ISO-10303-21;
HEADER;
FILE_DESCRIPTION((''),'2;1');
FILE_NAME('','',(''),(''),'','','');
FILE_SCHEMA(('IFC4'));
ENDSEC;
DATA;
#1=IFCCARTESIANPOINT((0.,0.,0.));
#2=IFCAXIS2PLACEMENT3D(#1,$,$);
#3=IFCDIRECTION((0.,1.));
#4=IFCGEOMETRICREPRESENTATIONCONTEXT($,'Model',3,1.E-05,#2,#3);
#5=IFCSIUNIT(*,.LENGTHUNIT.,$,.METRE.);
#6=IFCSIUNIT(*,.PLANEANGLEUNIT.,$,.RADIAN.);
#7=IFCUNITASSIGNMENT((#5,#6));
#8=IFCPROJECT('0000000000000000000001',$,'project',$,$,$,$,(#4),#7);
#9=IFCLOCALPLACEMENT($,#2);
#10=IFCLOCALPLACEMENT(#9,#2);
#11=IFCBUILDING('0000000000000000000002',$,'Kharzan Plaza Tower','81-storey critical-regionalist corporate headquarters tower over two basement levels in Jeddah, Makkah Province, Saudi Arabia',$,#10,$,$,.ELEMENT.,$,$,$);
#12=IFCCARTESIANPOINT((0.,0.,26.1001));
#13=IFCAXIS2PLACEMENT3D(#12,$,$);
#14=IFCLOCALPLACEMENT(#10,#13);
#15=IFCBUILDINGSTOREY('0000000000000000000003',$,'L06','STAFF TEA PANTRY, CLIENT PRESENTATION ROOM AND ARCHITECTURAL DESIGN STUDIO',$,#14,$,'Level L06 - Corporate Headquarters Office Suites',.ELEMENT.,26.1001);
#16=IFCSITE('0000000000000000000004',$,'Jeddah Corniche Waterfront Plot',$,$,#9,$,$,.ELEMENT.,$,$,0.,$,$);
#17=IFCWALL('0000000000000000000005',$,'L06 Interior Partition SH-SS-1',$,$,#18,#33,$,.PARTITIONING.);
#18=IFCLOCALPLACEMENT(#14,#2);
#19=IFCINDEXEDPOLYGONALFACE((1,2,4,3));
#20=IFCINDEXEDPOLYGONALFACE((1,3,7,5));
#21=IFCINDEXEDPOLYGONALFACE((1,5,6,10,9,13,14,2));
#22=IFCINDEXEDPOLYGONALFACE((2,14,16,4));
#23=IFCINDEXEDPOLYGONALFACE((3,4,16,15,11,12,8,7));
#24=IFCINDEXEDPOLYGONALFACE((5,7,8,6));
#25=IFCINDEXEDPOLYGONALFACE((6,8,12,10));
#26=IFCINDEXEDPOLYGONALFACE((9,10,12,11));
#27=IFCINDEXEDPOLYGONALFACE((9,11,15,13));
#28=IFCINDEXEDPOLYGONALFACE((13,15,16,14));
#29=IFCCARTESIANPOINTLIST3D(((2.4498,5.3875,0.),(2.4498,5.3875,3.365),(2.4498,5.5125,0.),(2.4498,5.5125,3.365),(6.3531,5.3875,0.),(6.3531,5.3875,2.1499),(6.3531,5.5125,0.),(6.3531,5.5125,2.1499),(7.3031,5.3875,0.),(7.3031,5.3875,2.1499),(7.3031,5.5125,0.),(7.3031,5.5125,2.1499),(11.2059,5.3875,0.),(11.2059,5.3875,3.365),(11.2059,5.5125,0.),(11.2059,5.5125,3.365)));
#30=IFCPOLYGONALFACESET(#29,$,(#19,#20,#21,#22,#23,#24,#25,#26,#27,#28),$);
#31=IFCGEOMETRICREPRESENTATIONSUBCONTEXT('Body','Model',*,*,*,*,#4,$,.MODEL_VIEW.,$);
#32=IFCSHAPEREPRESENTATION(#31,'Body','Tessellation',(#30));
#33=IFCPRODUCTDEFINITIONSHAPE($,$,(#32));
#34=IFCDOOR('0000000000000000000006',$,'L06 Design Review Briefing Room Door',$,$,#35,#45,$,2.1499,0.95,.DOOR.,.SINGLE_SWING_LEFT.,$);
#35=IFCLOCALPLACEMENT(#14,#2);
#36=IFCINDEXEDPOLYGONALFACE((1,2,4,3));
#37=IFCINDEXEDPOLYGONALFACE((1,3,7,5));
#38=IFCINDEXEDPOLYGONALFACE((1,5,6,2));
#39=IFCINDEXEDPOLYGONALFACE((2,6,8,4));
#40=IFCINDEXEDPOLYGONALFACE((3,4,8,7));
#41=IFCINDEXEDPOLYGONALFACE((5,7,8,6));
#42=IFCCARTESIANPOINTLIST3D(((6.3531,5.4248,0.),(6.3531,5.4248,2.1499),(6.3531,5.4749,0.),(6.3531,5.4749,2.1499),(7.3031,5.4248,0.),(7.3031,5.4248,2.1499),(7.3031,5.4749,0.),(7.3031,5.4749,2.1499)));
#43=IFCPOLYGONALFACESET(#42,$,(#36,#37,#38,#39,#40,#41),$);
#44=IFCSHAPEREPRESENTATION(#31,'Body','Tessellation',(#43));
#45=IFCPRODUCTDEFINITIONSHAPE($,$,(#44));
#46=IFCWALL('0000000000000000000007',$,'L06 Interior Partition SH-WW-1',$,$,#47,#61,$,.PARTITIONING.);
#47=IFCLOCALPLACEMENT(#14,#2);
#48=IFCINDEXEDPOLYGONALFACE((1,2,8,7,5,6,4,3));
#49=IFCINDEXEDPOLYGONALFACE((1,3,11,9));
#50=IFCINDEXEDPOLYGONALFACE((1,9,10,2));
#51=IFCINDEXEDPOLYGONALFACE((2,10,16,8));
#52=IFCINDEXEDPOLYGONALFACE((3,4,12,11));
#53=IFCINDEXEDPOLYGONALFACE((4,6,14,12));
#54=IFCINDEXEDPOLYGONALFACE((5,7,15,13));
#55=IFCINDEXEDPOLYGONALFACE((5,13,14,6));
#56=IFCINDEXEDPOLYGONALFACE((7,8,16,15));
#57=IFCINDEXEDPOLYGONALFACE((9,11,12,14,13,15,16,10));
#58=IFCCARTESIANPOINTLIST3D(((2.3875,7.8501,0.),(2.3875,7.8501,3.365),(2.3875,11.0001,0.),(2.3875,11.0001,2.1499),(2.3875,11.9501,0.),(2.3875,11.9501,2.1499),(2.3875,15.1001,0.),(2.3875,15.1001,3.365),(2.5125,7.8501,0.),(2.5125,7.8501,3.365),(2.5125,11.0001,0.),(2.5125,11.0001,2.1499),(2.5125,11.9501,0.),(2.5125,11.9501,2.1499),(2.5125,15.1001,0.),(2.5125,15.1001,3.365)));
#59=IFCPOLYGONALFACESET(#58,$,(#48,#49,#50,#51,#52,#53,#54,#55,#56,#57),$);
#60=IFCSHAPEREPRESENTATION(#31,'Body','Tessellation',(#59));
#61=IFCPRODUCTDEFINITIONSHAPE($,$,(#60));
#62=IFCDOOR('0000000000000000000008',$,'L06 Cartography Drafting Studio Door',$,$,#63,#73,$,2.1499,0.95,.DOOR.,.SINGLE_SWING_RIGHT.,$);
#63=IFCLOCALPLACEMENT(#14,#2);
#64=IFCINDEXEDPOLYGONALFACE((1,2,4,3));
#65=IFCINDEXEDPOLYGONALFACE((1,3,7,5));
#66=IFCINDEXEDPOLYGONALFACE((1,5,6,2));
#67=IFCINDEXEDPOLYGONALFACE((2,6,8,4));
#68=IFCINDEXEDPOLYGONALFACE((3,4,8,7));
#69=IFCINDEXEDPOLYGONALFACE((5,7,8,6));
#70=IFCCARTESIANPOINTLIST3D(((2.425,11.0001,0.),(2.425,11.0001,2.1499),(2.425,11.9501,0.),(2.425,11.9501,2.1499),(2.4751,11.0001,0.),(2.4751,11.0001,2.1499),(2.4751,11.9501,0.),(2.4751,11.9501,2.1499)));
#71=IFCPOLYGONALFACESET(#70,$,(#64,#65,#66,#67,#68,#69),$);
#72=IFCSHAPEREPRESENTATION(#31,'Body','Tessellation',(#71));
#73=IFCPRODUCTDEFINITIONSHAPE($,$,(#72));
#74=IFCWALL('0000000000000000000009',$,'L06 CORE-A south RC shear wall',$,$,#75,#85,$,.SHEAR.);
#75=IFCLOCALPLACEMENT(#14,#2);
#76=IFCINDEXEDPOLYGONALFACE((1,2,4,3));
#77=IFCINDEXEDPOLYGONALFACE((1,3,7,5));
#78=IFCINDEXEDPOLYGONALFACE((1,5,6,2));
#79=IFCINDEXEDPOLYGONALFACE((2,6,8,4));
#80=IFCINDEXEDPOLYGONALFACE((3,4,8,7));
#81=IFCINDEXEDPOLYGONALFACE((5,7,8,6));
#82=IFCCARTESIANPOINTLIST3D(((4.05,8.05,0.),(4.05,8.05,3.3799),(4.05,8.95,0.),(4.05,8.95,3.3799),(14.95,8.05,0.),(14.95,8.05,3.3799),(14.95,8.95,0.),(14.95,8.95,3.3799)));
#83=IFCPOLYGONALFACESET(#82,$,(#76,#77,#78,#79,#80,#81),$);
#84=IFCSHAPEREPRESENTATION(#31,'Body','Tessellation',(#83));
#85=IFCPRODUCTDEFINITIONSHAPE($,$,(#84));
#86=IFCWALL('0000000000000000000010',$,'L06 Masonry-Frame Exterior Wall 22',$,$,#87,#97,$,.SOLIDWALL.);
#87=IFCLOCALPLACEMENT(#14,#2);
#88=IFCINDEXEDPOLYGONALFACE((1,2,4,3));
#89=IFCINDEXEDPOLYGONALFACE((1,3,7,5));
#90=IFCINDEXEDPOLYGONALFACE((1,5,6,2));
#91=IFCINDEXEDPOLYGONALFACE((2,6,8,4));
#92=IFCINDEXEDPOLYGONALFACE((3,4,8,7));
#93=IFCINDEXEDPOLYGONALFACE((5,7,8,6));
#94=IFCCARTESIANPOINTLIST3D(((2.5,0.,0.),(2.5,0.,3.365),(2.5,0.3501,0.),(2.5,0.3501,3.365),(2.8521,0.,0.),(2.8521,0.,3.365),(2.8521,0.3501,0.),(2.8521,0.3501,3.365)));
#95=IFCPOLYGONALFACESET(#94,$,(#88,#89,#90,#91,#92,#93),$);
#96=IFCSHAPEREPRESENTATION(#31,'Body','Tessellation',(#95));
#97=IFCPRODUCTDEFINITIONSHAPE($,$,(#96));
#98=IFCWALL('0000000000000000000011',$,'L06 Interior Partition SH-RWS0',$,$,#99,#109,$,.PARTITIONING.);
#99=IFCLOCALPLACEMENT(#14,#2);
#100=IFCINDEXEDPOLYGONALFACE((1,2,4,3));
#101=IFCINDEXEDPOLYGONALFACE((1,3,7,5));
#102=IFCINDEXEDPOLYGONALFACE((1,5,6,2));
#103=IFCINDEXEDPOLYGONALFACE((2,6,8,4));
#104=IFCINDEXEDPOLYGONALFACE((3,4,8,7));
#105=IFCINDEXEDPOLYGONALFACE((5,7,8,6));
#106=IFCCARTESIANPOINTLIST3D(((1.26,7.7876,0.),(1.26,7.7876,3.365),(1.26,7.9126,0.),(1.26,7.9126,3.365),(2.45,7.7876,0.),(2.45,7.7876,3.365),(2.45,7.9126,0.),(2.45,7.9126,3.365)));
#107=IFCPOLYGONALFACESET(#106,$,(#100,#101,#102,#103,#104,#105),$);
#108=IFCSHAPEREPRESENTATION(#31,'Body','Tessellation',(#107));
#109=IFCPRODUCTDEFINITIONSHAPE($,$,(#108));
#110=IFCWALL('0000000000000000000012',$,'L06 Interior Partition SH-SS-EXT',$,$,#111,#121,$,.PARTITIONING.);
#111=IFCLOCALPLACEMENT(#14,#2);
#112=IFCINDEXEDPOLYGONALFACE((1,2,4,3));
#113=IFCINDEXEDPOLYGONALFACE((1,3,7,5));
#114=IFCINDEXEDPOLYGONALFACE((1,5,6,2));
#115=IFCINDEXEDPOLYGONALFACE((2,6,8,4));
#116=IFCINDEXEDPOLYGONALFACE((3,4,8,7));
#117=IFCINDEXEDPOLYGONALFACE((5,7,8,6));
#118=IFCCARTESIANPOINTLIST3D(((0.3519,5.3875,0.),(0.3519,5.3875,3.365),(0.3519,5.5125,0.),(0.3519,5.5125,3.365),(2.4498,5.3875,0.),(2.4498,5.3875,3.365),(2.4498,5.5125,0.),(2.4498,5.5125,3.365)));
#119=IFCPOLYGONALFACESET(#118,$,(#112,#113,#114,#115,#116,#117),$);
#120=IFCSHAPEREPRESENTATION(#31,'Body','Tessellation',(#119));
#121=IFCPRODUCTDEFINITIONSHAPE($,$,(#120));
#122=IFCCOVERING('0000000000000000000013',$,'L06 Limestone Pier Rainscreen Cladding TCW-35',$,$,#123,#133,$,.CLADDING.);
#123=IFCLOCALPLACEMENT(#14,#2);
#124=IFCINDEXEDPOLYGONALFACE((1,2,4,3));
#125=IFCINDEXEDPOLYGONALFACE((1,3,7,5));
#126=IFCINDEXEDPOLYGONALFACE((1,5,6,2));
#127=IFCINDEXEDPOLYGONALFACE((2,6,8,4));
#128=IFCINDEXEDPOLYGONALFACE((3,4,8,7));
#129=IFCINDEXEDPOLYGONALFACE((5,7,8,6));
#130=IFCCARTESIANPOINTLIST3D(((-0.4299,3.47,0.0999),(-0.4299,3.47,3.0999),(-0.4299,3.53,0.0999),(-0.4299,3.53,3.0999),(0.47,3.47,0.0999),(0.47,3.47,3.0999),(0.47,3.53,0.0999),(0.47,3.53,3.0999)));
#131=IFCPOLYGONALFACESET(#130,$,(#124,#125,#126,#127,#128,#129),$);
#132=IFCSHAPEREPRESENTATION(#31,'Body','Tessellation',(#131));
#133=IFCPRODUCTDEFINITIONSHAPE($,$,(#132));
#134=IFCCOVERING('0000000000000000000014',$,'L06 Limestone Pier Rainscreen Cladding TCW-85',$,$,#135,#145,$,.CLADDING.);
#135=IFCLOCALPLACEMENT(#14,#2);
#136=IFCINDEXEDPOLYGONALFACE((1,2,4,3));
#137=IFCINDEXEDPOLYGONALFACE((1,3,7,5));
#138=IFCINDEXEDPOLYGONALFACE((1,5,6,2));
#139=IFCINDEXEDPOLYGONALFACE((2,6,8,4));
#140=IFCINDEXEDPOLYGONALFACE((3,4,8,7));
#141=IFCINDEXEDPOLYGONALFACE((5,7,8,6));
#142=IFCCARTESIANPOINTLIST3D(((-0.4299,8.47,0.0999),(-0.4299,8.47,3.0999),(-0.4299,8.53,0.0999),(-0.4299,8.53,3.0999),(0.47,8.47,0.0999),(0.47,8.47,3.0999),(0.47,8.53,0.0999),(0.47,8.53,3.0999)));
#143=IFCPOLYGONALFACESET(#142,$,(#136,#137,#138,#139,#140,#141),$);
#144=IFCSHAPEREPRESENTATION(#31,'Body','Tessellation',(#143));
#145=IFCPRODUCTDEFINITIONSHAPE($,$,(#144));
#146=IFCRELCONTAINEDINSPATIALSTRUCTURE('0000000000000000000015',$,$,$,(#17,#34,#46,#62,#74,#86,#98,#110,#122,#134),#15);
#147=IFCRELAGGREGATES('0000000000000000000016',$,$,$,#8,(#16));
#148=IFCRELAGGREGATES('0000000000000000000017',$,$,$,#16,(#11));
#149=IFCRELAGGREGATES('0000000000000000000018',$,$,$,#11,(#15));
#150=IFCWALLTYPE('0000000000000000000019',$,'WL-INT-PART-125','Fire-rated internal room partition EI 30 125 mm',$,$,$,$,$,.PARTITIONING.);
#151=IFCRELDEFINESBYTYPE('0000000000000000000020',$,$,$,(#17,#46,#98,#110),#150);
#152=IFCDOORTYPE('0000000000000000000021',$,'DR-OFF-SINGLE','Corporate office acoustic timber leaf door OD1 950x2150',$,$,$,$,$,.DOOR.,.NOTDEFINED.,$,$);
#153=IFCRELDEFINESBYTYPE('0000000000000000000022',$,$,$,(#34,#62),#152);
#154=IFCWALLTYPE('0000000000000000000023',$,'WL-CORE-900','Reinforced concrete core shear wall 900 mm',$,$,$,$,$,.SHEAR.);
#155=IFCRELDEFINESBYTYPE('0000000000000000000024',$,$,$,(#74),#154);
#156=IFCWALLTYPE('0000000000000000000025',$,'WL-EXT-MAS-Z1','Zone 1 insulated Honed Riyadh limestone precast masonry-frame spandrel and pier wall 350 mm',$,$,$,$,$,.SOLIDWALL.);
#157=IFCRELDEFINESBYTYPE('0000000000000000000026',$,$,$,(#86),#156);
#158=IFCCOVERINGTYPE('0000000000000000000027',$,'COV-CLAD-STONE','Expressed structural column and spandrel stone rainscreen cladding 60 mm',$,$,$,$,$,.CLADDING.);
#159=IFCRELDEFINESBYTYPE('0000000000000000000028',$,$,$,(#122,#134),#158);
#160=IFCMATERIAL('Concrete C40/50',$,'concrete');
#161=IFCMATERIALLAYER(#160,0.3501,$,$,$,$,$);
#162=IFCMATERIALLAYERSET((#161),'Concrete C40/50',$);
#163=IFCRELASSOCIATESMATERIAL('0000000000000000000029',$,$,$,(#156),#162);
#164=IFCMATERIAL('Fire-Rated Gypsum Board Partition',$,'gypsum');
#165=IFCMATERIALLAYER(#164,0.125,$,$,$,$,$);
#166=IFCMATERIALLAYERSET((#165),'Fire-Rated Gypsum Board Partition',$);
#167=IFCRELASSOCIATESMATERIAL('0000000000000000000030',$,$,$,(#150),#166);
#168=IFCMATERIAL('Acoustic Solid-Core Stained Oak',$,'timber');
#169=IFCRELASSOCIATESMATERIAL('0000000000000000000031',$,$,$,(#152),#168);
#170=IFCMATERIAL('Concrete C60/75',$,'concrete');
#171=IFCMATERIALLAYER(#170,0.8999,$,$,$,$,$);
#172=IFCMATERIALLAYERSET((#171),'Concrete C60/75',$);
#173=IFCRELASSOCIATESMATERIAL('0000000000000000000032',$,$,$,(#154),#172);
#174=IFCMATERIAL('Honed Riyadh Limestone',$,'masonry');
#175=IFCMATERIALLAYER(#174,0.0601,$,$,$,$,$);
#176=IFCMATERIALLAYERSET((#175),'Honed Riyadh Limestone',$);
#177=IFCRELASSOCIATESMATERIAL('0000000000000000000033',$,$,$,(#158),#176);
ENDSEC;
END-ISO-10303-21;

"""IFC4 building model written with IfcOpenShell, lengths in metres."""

from ifc_helpers import new_model, si_unit, direction, frame, frame_2d, origin, origin_2d, place, context, subcontext, project, spatial, rectangle, extrude, source, transform, mapped, material, layer, layer_set, type_object, element, fill, save


model = new_model("IFC4")

# Units and contexts
model_context = context("Model", 3, precision=1e-05, world=origin(), true_north=direction((0.0, 1.0)))
body_context = subcontext(model_context, "Body", "Model", "MODEL_VIEW")
ifc_project = project(units=[si_unit("LENGTHUNIT", "METRE"), si_unit("PLANEANGLEUNIT", "RADIAN")], contexts=[model_context])

# Site, building, storey
site_placement = place(None, origin())
site = spatial("IfcSite", under=ifc_project, at=site_placement, Name="Jeddah Corniche Waterfront Plot", CompositionType="ELEMENT", RefElevation=0.0)
building_placement = place(site_placement, origin())
building = spatial("IfcBuilding", under=site, at=building_placement, Name="Kharzan Plaza Tower", Description="81-storey critical-regionalist corporate headquarters tower over two basement levels in Jeddah, Makkah Province, Saudi Arabia", CompositionType="ELEMENT")
storey_placement = place(building_placement, frame((0.0, 0.0, 26.1001)))
storey = spatial("IfcBuildingStorey", under=building, at=storey_placement, Name="L06", Description="STAFF TEA PANTRY, CLIENT PRESENTATION ROOM AND ARCHITECTURAL DESIGN STUDIO", LongName="Level L06 - Corporate Headquarters Office Suites", CompositionType="ELEMENT", Elevation=26.1001)

# Shared definitions
ifc_material_1 = material(Name="Concrete C60/75", Category="concrete")

# Shared definitions
ifc_material_2 = material(Name="Concrete C40/50", Category="concrete")

# Shared definitions
ifc_layer_1 = layer(ifc_material_2, 0.3501)
ifc_layer_set_1 = layer_set([ifc_layer_1], Name="Concrete C40/50")
wall_type_1 = type_object("IfcWallType", Name="WL-EXT-MAS-Z1", Description="Zone 1 insulated Honed Riyadh limestone precast masonry-frame spandrel and pier wall 350 mm", PredefinedType="SOLIDWALL", material=ifc_layer_set_1)

# Walls, openings, doors
ifc_material_3 = material(Name="Fire-Rated Gypsum Board Partition", Category="gypsum")
ifc_layer_2 = layer(ifc_material_3, 0.125)
ifc_layer_set_2 = layer_set([ifc_layer_2], Name="Fire-Rated Gypsum Board Partition")
wall_type_2 = type_object("IfcWallType", Name="WL-INT-PART-125", Description="Fire-rated internal room partition EI 30 125 mm", PredefinedType="PARTITIONING", material=ifc_layer_set_2)
wall_1_placement = place(storey_placement, frame((2.45, 5.45, 0.0), z_axis=(0.0, 0.0, 1.0), x_axis=(1.0, 0.0, 0.0)))
wall_1 = element("IfcWall", 1, at=wall_1_placement, inside=storey, type_object=wall_type_2, Name="L06 Interior Partition SH-SS-1", PredefinedType="PARTITIONING", context=body_context, shape_type="SweptSolid", body=[
    extrude(rectangle(XDim=8.7561, YDim=0.125, at=frame_2d((4.3779, 0.0))), origin(), (0.0, 0.0, 1.0), 3.365),
])
opening_1_placement = place(wall_1_placement, frame((3.9031, 0.0, 0.0)))
opening_1 = element("IfcOpeningElement", 2, at=opening_1_placement, cuts=wall_1, PredefinedType="OPENING", context=body_context, shape_type="SweptSolid", body=[
    extrude(rectangle(XDim=0.95, YDim=2.1499, at=frame_2d((0.4751, 1.075))), frame((0.0, 0.0725, 0.0), z_axis=(0.0, -1.0, 0.0), x_axis=(1.0, 0.0, 0.0)), (0.0, 0.0, 1.0), 0.145),
])
ifc_material_4 = material(Name="Acoustic Solid-Core Stained Oak", Category="timber")
door_type = type_object("IfcDoorType", Name="DR-OFF-SINGLE", Description="Corporate office acoustic timber leaf door OD1 950x2150", OperationType="NOTDEFINED", PredefinedType="DOOR", material=ifc_material_4)
shared_shape_1 = source(origin(), body_context, "Body", "SweptSolid", [
    extrude(rectangle(XDim=0.95, YDim=2.1499, at=frame_2d((0.4751, 1.075))), frame((0.0, 0.0249, 0.0), z_axis=(0.0, -1.0, 0.0), x_axis=(1.0, 0.0, 0.0)), (0.0, 0.0, 1.0), 0.05),
])
door_1_placement = place(opening_1_placement, origin())
door_1 = element("IfcDoor", 3, at=door_1_placement, inside=storey, type_object=door_type, Name="L06 Design Review Briefing Room Door", OperationType="SINGLE_SWING_LEFT", OverallHeight=2.1499, OverallWidth=0.95, PredefinedType="DOOR", context=body_context, shape_type="MappedRepresentation", body=[
    mapped(shared_shape_1, transform((0.0, 0.0, 0.0), x_axis=(1.0, 0.0, 0.0), y_axis=(0.0, 1.0, 0.0), z_axis=(0.0, 0.0, 1.0))),
])
fill(opening_1, door_1)
wall_2_placement = place(storey_placement, frame((2.45, 7.8501, 0.0), z_axis=(0.0, 0.0, 1.0), x_axis=(0.0, 1.0, 0.0)))
wall_2 = element("IfcWall", 4, at=wall_2_placement, inside=storey, type_object=wall_type_2, Name="L06 Interior Partition SH-WW-1", PredefinedType="PARTITIONING", context=body_context, shape_type="SweptSolid", body=[
    extrude(rectangle(XDim=7.25, YDim=0.125, at=frame_2d((3.625, 0.0))), origin(), (0.0, 0.0, 1.0), 3.365),
])
opening_2_placement = place(wall_2_placement, frame((3.1499, 0.0, 0.0)))
opening_2 = element("IfcOpeningElement", 5, at=opening_2_placement, cuts=wall_2, PredefinedType="OPENING", context=body_context, shape_type="SweptSolid", body=[
    extrude(rectangle(XDim=0.95, YDim=2.1499, at=frame_2d((0.4751, 1.075))), frame((0.0, 0.0725, 0.0), z_axis=(0.0, -1.0, 0.0), x_axis=(1.0, 0.0, 0.0)), (0.0, 0.0, 1.0), 0.145),
])
door_2_placement = place(opening_2_placement, origin())
door_2 = element("IfcDoor", 6, at=door_2_placement, inside=storey, type_object=door_type, Name="L06 Cartography Drafting Studio Door", OperationType="SINGLE_SWING_RIGHT", OverallHeight=2.1499, OverallWidth=0.95, PredefinedType="DOOR", context=body_context, shape_type="MappedRepresentation", body=[
    mapped(shared_shape_1, transform((0.0, 0.0, 0.0), x_axis=(1.0, 0.0, 0.0), y_axis=(0.0, 1.0, 0.0), z_axis=(0.0, 0.0, 1.0))),
])
fill(opening_2, door_2)

# Walls
ifc_layer_3 = layer(ifc_material_1, 0.8999)
ifc_layer_set_3 = layer_set([ifc_layer_3], Name="Concrete C60/75")
wall_type_3 = type_object("IfcWallType", Name="WL-CORE-900", Description="Reinforced concrete core shear wall 900 mm", PredefinedType="SHEAR", material=ifc_layer_set_3)
shared_shape_2 = source(origin(), body_context, "Body", "SweptSolid", [
    extrude(rectangle(XDim=10.8999, YDim=0.8999, at=frame_2d((5.45, 0.0))), origin(), (0.0, 0.0, 1.0), 3.3799),
])
wall_3_placement = place(storey_placement, frame((4.05, 8.5, 0.0), z_axis=(0.0, 0.0, 1.0), x_axis=(1.0, 0.0, 0.0)))
element("IfcWall", 7, at=wall_3_placement, inside=storey, type_object=wall_type_3, Name="L06 CORE-A south RC shear wall", PredefinedType="SHEAR", context=body_context, shape_type="MappedRepresentation", body=[
    mapped(shared_shape_2, transform((0.0, 0.0, 0.0), x_axis=(1.0, 0.0, 0.0), y_axis=(0.0, 1.0, 0.0), z_axis=(0.0, 0.0, 1.0))),
])
shared_shape_3 = source(origin(), body_context, "Body", "SweptSolid", [
    extrude(rectangle(XDim=0.3521, YDim=0.3501, at=frame_2d((0.176, 0.0))), origin(), (0.0, 0.0, 1.0), 3.365),
])
wall_4_placement = place(storey_placement, frame((2.5, 0.175, 0.0), z_axis=(0.0, 0.0, 1.0), x_axis=(1.0, 0.0, 0.0)))
element("IfcWall", 8, at=wall_4_placement, inside=storey, type_object=wall_type_1, Name="L06 Masonry-Frame Exterior Wall 22", PredefinedType="SOLIDWALL", context=body_context, shape_type="MappedRepresentation", body=[
    mapped(shared_shape_3, transform((0.0, 0.0, 0.0), x_axis=(1.0, 0.0, 0.0), y_axis=(0.0, 1.0, 0.0), z_axis=(0.0, 0.0, 1.0))),
])
shared_shape_4 = source(origin(), body_context, "Body", "SweptSolid", [
    extrude(rectangle(XDim=1.1899, YDim=0.125, at=frame_2d((0.595, 0.0))), origin(), (0.0, 0.0, 1.0), 3.365),
])
wall_5_placement = place(storey_placement, frame((1.26, 7.8501, 0.0), z_axis=(0.0, 0.0, 1.0), x_axis=(1.0, 0.0, 0.0)))
element("IfcWall", 9, at=wall_5_placement, inside=storey, type_object=wall_type_2, Name="L06 Interior Partition SH-RWS0", PredefinedType="PARTITIONING", context=body_context, shape_type="MappedRepresentation", body=[
    mapped(shared_shape_4, transform((0.0, 0.0, 0.0), x_axis=(1.0, 0.0, 0.0), y_axis=(0.0, 1.0, 0.0), z_axis=(0.0, 0.0, 1.0))),
])
shared_shape_5 = source(origin(), body_context, "Body", "SweptSolid", [
    extrude(rectangle(XDim=2.0979, YDim=0.125, at=frame_2d((1.0488, 0.0))), origin(), (0.0, 0.0, 1.0), 3.365),
])
wall_6_placement = place(storey_placement, frame((0.3521, 5.45, 0.0), z_axis=(0.0, 0.0, 1.0), x_axis=(1.0, 0.0, 0.0)))
element("IfcWall", 10, at=wall_6_placement, inside=storey, type_object=wall_type_2, Name="L06 Interior Partition SH-SS-EXT", PredefinedType="PARTITIONING", context=body_context, shape_type="MappedRepresentation", body=[
    mapped(shared_shape_5, transform((0.0, 0.0, 0.0), x_axis=(1.0, 0.0, 0.0), y_axis=(0.0, 1.0, 0.0), z_axis=(0.0, 0.0, 1.0))),
])

# Coverings
ifc_material_5 = material(Name="Honed Riyadh Limestone", Category="masonry")
ifc_layer_4 = layer(ifc_material_5, 0.0601)
ifc_layer_set_4 = layer_set([ifc_layer_4], Name="Honed Riyadh Limestone")
covering_type = type_object("IfcCoveringType", Name="COV-CLAD-STONE", Description="Expressed structural column and spandrel stone rainscreen cladding 60 mm", PredefinedType="CLADDING", material=ifc_layer_set_4)
shared_shape_6 = source(origin(), body_context, "Body", "SweptSolid", [
    extrude(rectangle(XDim=0.0601, YDim=0.8999, at=origin_2d()), origin(), (0.0, 0.0, 1.0), 3.0),
])
for number, where, z_axis, x_axis, name in (
    (11, (0.02, 3.5, 0.0999), (0.0, 0.0, 1.0), (0.0, 1.0, 0.0), "L06 Limestone Pier Rainscreen Cladding TCW-35"),
    (12, (0.02, 8.5, 0.0999), (0.0, 0.0, 1.0), (0.0, 1.0, 0.0), "L06 Limestone Pier Rainscreen Cladding TCW-85"),
):
    element("IfcCovering", number, at=place(storey_placement, frame(where, z_axis=z_axis, x_axis=x_axis)), inside=storey, type_object=covering_type, Name=name, PredefinedType="CLADDING", context=body_context, shape_type="MappedRepresentation", body=[
        mapped(shared_shape_6, transform((0.0, 0.0, 0.0), x_axis=(1.0, 0.0, 0.0), y_axis=(0.0, 1.0, 0.0), z_axis=(0.0, 0.0, 1.0))),
    ])

save(model, "model.ifc")
